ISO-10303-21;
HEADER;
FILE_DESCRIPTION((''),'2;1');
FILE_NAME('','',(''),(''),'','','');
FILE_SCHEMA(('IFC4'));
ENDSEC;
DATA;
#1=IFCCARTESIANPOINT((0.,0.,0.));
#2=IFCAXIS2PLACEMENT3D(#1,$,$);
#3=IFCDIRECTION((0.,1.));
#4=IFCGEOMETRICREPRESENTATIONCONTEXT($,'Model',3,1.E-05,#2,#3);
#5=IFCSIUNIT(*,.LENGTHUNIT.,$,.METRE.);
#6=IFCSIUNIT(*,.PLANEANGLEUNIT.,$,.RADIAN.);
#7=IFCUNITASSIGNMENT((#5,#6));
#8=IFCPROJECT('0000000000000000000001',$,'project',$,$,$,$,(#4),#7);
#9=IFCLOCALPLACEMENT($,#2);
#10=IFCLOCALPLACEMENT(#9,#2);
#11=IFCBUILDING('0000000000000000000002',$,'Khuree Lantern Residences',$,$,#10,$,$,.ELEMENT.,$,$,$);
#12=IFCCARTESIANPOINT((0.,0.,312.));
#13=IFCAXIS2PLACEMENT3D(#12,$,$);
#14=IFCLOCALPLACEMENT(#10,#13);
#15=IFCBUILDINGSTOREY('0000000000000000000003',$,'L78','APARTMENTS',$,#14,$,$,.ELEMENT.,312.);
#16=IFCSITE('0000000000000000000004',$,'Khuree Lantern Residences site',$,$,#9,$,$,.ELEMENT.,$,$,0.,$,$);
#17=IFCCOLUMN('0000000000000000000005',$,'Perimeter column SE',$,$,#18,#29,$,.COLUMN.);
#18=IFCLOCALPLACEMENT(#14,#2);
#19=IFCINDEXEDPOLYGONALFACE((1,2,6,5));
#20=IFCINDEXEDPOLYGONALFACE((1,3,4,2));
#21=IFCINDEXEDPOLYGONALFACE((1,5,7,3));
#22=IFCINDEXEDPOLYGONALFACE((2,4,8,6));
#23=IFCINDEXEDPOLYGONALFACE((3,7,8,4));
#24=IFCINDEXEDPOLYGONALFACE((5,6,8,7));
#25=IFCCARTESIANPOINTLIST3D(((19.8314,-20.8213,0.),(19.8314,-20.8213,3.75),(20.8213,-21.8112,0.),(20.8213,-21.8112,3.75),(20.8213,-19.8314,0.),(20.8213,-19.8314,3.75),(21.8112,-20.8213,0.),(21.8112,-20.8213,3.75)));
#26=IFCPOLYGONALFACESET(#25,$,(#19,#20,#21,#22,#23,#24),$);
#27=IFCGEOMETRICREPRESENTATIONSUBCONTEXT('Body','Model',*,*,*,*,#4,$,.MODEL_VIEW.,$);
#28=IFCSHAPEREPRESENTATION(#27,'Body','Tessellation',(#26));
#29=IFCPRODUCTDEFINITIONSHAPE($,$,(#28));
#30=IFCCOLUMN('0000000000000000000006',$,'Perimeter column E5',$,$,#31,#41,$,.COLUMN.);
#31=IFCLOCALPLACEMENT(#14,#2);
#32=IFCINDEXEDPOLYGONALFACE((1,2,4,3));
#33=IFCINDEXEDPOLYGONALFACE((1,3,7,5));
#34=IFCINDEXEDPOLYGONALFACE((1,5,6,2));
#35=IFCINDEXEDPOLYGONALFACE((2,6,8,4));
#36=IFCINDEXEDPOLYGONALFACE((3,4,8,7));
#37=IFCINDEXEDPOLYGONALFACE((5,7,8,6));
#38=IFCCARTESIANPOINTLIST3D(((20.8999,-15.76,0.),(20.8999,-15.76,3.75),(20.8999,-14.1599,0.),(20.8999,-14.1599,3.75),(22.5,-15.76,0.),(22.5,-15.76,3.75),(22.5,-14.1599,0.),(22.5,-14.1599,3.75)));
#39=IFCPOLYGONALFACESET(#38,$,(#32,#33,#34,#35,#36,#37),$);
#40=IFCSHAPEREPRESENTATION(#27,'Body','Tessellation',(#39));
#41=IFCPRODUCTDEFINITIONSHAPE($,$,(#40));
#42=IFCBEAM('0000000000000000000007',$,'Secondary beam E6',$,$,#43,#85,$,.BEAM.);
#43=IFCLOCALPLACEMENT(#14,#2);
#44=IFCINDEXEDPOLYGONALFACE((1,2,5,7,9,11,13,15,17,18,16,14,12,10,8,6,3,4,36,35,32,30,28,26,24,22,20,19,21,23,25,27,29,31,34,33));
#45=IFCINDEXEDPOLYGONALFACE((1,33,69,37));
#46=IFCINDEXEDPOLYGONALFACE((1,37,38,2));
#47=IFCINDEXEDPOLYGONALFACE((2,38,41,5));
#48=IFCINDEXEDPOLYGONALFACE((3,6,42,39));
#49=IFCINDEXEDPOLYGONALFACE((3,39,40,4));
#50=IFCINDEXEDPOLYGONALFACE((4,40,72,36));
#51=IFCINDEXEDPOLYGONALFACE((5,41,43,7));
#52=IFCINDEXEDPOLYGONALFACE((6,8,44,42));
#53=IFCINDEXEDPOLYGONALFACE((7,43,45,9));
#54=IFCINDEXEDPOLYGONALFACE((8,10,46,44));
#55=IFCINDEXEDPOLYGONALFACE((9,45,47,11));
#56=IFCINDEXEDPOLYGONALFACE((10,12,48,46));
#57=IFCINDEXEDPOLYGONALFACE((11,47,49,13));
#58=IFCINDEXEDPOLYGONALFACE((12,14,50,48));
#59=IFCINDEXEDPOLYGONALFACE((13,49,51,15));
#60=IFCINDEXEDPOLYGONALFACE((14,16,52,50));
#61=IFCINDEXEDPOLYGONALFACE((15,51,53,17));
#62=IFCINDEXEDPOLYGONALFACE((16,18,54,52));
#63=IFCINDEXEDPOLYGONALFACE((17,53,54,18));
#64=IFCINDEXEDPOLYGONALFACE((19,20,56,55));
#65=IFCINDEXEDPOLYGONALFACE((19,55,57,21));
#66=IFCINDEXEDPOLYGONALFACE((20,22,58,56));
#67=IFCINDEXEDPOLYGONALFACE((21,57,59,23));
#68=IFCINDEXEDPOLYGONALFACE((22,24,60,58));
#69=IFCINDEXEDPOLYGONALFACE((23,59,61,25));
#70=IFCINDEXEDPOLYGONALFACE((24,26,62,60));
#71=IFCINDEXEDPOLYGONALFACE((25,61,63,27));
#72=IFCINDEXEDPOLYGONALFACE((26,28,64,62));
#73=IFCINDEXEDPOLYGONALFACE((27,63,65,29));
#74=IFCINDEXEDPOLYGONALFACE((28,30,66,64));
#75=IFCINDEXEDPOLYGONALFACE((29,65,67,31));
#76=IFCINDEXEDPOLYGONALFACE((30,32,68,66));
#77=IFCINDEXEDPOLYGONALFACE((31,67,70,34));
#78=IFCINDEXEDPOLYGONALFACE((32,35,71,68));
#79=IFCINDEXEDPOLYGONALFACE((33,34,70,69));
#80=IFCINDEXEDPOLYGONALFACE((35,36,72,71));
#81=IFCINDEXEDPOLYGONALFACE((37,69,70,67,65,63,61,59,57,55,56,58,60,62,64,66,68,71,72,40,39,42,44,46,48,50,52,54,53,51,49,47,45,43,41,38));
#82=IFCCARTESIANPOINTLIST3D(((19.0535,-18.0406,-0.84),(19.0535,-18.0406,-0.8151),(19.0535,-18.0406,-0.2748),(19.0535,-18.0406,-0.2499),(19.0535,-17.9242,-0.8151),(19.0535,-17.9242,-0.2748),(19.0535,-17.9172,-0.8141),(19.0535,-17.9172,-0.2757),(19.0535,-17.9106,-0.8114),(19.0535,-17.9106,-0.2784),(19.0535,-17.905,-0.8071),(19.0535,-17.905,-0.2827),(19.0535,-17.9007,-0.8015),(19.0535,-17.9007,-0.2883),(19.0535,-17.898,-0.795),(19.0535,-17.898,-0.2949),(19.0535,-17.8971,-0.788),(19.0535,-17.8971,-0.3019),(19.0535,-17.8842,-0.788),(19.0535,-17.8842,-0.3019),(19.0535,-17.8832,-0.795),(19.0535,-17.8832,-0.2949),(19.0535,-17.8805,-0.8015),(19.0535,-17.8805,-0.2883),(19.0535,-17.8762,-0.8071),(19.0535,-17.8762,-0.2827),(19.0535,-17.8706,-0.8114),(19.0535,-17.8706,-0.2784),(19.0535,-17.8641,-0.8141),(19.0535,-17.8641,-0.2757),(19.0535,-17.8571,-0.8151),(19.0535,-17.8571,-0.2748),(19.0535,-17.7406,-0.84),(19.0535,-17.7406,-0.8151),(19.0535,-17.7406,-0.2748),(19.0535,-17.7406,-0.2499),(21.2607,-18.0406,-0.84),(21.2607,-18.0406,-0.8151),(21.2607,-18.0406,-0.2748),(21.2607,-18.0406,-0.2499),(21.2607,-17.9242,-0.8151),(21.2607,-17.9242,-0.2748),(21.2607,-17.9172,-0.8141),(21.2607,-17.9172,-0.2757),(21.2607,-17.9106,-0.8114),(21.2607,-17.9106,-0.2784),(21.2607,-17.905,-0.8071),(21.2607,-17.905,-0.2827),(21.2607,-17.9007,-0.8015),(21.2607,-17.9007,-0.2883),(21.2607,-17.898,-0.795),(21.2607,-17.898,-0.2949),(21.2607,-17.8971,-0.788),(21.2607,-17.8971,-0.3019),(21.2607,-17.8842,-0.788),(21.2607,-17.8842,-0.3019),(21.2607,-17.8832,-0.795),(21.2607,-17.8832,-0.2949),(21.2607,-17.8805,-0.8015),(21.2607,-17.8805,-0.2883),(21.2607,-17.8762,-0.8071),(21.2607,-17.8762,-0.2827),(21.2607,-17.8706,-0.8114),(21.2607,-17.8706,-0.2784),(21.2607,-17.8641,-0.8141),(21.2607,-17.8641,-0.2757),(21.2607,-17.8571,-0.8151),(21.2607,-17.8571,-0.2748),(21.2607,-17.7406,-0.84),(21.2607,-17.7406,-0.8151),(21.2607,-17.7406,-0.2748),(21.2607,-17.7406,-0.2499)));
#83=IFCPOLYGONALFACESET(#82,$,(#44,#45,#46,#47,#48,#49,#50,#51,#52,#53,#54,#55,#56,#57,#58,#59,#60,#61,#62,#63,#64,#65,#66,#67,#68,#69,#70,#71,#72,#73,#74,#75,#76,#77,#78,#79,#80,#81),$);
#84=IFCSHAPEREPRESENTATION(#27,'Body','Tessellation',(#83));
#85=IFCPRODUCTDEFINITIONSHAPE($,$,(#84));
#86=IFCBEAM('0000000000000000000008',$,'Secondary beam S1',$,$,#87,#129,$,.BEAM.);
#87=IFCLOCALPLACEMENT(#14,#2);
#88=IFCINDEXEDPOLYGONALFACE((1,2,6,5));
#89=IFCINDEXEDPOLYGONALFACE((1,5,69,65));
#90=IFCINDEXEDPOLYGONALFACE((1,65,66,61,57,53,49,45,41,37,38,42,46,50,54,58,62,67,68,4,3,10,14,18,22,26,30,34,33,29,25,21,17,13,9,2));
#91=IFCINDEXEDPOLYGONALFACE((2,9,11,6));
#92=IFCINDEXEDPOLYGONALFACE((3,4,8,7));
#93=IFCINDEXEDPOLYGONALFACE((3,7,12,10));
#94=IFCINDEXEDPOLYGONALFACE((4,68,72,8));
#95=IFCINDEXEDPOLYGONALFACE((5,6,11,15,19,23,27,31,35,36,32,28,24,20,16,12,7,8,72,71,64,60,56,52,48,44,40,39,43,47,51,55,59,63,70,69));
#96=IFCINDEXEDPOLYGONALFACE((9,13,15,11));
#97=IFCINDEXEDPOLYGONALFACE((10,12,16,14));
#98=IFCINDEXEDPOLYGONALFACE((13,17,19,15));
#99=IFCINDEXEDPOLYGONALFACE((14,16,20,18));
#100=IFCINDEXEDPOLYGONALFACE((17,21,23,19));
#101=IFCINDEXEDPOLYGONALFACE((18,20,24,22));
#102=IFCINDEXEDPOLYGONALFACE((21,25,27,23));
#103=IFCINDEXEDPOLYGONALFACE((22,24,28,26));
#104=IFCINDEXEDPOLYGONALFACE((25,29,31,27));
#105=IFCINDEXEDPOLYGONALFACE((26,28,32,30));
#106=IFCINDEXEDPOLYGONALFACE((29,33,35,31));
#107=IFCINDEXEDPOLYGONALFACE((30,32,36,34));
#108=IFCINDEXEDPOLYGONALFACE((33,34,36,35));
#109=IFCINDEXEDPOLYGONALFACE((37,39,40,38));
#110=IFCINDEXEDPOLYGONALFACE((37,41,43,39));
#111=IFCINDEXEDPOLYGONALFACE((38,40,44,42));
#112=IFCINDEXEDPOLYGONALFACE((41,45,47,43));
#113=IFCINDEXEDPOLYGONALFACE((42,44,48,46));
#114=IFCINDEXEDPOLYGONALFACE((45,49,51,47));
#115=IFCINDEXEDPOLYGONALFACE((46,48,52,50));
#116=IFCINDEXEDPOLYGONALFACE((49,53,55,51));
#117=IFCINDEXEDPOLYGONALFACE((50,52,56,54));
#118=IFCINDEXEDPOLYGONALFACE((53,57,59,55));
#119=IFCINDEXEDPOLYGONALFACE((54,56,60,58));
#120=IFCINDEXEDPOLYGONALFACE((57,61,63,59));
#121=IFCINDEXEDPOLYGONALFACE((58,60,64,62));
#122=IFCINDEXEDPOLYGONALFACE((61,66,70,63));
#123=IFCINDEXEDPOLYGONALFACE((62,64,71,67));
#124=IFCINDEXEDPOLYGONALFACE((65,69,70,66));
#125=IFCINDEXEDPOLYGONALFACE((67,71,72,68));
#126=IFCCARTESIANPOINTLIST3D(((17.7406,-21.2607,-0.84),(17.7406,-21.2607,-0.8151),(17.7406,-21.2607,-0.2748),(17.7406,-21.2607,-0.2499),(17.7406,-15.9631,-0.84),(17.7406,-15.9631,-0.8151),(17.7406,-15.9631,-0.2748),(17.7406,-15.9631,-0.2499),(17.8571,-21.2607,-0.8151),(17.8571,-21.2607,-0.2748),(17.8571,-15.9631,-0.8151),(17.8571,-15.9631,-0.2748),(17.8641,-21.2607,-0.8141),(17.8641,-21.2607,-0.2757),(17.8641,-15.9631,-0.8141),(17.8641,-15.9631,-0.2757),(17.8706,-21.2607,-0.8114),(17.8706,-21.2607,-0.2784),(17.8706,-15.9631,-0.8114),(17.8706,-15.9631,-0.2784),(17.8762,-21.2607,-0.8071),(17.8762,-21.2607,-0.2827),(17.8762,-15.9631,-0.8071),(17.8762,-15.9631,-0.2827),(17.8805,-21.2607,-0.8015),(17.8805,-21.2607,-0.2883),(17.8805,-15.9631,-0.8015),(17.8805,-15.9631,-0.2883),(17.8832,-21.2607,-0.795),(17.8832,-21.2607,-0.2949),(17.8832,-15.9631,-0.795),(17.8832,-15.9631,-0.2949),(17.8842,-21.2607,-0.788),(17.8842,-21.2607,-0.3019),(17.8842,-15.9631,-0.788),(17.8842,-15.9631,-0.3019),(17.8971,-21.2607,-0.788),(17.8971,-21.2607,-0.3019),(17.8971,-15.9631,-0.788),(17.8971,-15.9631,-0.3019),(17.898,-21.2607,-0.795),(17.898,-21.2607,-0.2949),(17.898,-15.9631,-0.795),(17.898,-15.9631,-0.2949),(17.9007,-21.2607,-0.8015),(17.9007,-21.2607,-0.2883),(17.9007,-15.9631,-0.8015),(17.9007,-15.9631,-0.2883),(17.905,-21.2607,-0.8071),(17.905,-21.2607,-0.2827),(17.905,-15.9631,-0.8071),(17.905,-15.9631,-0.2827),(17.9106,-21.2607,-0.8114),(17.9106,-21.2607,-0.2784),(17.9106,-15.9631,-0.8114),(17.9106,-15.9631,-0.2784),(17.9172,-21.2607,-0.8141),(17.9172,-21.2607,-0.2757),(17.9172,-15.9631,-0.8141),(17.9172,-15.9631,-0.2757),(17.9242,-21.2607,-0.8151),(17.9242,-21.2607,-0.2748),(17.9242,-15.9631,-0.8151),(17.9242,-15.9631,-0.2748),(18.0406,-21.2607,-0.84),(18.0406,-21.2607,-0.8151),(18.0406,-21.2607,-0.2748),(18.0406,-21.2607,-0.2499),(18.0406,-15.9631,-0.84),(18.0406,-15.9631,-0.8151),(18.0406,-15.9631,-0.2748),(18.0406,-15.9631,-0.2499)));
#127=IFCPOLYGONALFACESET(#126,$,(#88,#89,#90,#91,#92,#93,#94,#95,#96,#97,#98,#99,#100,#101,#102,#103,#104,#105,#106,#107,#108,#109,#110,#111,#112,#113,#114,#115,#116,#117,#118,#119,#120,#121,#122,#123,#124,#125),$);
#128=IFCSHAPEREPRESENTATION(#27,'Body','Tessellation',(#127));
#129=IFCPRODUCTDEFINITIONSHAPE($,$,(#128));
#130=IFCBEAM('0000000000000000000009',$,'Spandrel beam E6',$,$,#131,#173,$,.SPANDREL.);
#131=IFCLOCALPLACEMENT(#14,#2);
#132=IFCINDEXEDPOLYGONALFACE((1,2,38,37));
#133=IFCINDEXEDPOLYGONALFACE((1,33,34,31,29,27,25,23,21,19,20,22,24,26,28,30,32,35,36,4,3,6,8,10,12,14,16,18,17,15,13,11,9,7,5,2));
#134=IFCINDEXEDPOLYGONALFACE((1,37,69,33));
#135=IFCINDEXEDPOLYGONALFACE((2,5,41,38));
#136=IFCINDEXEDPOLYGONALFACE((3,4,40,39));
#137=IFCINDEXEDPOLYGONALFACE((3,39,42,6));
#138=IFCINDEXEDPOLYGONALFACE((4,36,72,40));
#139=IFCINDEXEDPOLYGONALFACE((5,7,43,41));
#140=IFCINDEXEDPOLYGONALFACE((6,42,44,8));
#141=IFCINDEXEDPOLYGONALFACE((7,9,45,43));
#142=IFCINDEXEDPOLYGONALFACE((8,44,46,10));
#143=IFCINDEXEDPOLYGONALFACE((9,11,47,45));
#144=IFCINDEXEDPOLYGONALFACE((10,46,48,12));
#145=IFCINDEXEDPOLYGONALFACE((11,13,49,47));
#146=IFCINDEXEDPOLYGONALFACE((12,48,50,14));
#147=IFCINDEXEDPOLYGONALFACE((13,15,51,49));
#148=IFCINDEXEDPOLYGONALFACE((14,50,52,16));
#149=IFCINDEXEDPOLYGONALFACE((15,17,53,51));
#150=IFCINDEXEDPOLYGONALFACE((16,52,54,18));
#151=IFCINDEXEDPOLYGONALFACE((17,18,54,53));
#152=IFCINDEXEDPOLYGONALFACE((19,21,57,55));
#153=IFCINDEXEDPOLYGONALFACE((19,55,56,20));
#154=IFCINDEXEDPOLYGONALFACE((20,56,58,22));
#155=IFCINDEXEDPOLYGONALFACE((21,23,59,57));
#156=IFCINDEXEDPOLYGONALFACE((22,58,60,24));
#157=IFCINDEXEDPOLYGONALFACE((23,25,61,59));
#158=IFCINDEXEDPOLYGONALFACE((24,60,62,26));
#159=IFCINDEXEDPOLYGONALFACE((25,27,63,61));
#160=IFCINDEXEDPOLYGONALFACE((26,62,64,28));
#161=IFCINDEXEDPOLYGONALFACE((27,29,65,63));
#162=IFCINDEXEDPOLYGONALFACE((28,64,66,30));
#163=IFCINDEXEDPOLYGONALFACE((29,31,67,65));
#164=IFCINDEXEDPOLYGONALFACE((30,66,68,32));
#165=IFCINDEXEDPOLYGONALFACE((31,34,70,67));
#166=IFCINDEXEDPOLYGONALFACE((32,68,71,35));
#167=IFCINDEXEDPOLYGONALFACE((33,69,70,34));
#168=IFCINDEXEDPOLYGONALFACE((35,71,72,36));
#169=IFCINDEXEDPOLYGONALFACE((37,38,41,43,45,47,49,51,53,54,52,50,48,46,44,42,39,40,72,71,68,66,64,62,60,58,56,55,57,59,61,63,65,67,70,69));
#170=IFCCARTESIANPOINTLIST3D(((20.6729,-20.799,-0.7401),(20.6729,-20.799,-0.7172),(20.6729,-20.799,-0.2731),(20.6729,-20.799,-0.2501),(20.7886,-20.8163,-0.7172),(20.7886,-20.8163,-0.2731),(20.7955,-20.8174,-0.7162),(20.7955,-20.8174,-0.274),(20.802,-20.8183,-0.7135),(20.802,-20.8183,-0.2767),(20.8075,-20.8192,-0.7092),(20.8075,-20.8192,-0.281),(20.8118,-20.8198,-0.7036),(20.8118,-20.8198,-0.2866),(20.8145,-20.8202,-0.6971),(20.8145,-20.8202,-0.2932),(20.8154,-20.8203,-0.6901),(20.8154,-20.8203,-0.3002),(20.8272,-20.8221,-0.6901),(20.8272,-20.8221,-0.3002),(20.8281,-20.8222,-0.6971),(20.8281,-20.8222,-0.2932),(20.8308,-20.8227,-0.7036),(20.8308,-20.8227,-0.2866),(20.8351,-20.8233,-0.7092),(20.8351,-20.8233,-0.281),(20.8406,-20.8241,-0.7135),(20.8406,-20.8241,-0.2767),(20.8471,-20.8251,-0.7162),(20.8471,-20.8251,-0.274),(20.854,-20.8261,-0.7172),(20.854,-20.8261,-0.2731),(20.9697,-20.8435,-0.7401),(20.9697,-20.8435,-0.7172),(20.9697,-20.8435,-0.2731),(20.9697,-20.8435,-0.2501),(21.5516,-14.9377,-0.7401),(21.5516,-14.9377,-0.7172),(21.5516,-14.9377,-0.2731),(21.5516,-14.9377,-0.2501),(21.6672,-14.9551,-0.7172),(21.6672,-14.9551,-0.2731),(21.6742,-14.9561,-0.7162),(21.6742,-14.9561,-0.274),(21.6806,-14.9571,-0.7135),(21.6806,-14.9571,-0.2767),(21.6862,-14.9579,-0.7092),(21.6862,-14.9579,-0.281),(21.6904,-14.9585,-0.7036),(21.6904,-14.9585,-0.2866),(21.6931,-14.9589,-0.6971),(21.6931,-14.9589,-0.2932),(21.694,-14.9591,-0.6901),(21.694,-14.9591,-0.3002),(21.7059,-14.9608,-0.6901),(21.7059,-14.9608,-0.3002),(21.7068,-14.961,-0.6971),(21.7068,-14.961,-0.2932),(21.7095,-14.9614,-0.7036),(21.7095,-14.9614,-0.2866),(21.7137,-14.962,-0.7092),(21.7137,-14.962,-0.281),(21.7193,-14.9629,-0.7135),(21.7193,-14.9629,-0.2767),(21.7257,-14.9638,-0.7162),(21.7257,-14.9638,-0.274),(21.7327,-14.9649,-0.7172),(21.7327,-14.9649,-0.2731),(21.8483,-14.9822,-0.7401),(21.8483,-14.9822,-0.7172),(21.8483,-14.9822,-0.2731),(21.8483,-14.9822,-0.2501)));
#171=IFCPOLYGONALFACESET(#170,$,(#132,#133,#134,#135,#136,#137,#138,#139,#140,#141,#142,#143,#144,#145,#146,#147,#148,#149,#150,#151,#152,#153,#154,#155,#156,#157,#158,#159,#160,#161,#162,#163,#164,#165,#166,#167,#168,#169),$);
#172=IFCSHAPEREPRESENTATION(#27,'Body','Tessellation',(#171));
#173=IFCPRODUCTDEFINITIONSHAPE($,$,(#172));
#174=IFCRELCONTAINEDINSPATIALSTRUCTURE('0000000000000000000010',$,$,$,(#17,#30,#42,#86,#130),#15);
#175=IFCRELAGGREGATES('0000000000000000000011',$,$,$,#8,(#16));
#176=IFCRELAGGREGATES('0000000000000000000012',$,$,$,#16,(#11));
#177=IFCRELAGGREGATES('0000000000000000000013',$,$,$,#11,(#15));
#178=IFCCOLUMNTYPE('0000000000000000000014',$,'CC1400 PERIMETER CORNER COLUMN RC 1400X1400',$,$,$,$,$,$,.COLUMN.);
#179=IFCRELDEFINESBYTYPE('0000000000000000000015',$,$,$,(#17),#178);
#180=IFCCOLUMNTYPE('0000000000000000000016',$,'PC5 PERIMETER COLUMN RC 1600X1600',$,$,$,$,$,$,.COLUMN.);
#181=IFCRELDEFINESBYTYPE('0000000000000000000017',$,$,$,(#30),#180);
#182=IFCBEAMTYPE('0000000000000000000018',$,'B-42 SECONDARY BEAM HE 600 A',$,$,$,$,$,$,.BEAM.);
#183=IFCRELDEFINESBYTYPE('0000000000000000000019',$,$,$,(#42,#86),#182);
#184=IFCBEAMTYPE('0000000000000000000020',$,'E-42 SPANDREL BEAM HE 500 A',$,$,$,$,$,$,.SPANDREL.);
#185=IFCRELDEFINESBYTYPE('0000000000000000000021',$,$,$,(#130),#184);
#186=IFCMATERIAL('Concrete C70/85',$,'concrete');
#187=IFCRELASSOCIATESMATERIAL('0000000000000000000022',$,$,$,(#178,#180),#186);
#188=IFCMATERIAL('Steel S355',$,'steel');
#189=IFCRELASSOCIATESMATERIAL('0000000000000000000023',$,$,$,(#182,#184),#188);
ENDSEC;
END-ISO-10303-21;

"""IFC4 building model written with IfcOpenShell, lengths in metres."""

from ifc_helpers import new_model, si_unit, direction, frame, origin, origin_2d, place, context, subcontext, project, spatial, rectangle, i_section, extrude, material, material_profile, profile_set, type_object, element, save


model = new_model("IFC4")

# Units and contexts
model_context = context("Model", 3, precision=1e-05, world=origin(), true_north=direction((0.0, 1.0)))
body_context = subcontext(model_context, "Body", "Model", "MODEL_VIEW")
ifc_project = project(units=[si_unit("LENGTHUNIT", "METRE"), si_unit("PLANEANGLEUNIT", "RADIAN")], contexts=[model_context])

# Site, building, storey
site_placement = place(None, origin())
site = spatial("IfcSite", under=ifc_project, at=site_placement, Name="Khuree Lantern Residences site", CompositionType="ELEMENT", RefElevation=0.0)
building_placement = place(site_placement, origin())
building = spatial("IfcBuilding", under=site, at=building_placement, Name="Khuree Lantern Residences", CompositionType="ELEMENT")
storey_placement = place(building_placement, frame((0.0, 0.0, 312.0)))
storey = spatial("IfcBuildingStorey", under=building, at=storey_placement, Name="L78", Description="APARTMENTS", CompositionType="ELEMENT", Elevation=312.0)

# Columns
ifc_material_1 = material(Name="Concrete C70/85", Category="concrete")
ifc_material_profile_1 = material_profile(ifc_material_1, rectangle(XDim=1.3999, YDim=1.3999, at=origin_2d()), Name="RC 1400X1400")
ifc_profile_set_1 = profile_set([ifc_material_profile_1], Name="Concrete C70/85")
column_type_1 = type_object("IfcColumnType", Name="CC1400 PERIMETER CORNER COLUMN RC 1400X1400", PredefinedType="COLUMN", material=ifc_profile_set_1)
column_1_placement = place(storey_placement, frame((20.8213, -20.8213, 0.0), z_axis=(0.0, 0.0, 1.0), x_axis=(0.707107, 0.707107, 0.0)))
element("IfcColumn", 1, at=column_1_placement, inside=storey, type_object=column_type_1, Name="Perimeter column SE", PredefinedType="COLUMN", context=body_context, shape_type="SweptSolid", body=[
    extrude(rectangle(XDim=1.3999, YDim=1.3999, at=origin_2d()), origin(), (0.0, 0.0, 1.0), 3.75),
])
ifc_material_profile_2 = material_profile(ifc_material_1, rectangle(XDim=1.6001, YDim=1.6001, at=origin_2d()), Name="RC 1600X1600")
ifc_profile_set_2 = profile_set([ifc_material_profile_2], Name="Concrete C70/85")
column_type_2 = type_object("IfcColumnType", Name="PC5 PERIMETER COLUMN RC 1600X1600", PredefinedType="COLUMN", material=ifc_profile_set_2)
column_2_placement = place(storey_placement, frame((21.7, -14.96, 0.0), z_axis=(0.0, 0.0, 1.0), x_axis=(0.0, 1.0, 0.0)))
element("IfcColumn", 2, at=column_2_placement, inside=storey, type_object=column_type_2, Name="Perimeter column E5", PredefinedType="COLUMN", context=body_context, shape_type="SweptSolid", body=[
    extrude(rectangle(XDim=1.6001, YDim=1.6001, at=origin_2d()), origin(), (0.0, 0.0, 1.0), 3.75),
])

# Beams
ifc_material_2 = material(Name="Steel S355", Category="steel")
ifc_material_profile_3 = material_profile(ifc_material_2, i_section(OverallWidth=0.3, OverallDepth=0.5901, WebThickness=0.0129, FlangeThickness=0.0249, FilletRadius=0.0271, at=origin_2d()), Name="HE 600 A")
ifc_profile_set_3 = profile_set([ifc_material_profile_3], Name="Steel S355")
beam_type_1 = type_object("IfcBeamType", Name="B-42 SECONDARY BEAM HE 600 A", PredefinedType="BEAM", material=ifc_profile_set_3)
beam_1_placement = place(storey_placement, frame((21.2607, -17.8906, -0.5449), z_axis=(-1.0, 0.0, 0.0), x_axis=(0.0, -1.0, 0.0)))
element("IfcBeam", 3, at=beam_1_placement, inside=storey, type_object=beam_type_1, Name="Secondary beam E6", PredefinedType="BEAM", context=body_context, shape_type="SweptSolid", body=[
    extrude(i_section(OverallWidth=0.3, OverallDepth=0.5901, WebThickness=0.0129, FlangeThickness=0.0249, FilletRadius=0.0271, at=origin_2d()), origin(), (0.0, 0.0, 1.0), 2.2073),
])
beam_2_placement = place(storey_placement, frame((17.8906, -21.2607, -0.5449), z_axis=(0.0, 1.0, 0.0), x_axis=(-1.0, 0.0, 0.0)))
element("IfcBeam", 4, at=beam_2_placement, inside=storey, type_object=beam_type_1, Name="Secondary beam S1", PredefinedType="BEAM", context=body_context, shape_type="SweptSolid", body=[
    extrude(i_section(OverallWidth=0.3, OverallDepth=0.5901, WebThickness=0.0129, FlangeThickness=0.0249, FilletRadius=0.0271, at=origin_2d()), origin(), (0.0, 0.0, 1.0), 5.2976),
])
ifc_material_profile_4 = material_profile(ifc_material_2, i_section(OverallWidth=0.3, OverallDepth=0.49, WebThickness=0.012, FlangeThickness=0.0229, FilletRadius=0.0271, at=origin_2d()), Name="HE 500 A")
ifc_profile_set_4 = profile_set([ifc_material_profile_4], Name="Steel S355")
beam_type_2 = type_object("IfcBeamType", Name="E-42 SPANDREL BEAM HE 500 A", PredefinedType="SPANDREL", material=ifc_profile_set_4)
for number, where, z_axis, x_axis, name in (
    (5, (21.7, -14.96, -0.4951), (-0.148252, -0.98895, 0.0), (0.98895, -0.148252, 0.0), "Spandrel beam E6"),
):
    element("IfcBeam", number, at=place(storey_placement, frame(where, z_axis=z_axis, x_axis=x_axis)), inside=storey, type_object=beam_type_2, Name=name, PredefinedType="SPANDREL", context=body_context, shape_type="SweptSolid", body=[
        extrude(i_section(OverallWidth=0.3, OverallDepth=0.49, WebThickness=0.012, FlangeThickness=0.0229, FilletRadius=0.0271, at=origin_2d()), origin(), (0.0, 0.0, 1.0), 5.9268),
    ])

save(model, "model.ifc")
